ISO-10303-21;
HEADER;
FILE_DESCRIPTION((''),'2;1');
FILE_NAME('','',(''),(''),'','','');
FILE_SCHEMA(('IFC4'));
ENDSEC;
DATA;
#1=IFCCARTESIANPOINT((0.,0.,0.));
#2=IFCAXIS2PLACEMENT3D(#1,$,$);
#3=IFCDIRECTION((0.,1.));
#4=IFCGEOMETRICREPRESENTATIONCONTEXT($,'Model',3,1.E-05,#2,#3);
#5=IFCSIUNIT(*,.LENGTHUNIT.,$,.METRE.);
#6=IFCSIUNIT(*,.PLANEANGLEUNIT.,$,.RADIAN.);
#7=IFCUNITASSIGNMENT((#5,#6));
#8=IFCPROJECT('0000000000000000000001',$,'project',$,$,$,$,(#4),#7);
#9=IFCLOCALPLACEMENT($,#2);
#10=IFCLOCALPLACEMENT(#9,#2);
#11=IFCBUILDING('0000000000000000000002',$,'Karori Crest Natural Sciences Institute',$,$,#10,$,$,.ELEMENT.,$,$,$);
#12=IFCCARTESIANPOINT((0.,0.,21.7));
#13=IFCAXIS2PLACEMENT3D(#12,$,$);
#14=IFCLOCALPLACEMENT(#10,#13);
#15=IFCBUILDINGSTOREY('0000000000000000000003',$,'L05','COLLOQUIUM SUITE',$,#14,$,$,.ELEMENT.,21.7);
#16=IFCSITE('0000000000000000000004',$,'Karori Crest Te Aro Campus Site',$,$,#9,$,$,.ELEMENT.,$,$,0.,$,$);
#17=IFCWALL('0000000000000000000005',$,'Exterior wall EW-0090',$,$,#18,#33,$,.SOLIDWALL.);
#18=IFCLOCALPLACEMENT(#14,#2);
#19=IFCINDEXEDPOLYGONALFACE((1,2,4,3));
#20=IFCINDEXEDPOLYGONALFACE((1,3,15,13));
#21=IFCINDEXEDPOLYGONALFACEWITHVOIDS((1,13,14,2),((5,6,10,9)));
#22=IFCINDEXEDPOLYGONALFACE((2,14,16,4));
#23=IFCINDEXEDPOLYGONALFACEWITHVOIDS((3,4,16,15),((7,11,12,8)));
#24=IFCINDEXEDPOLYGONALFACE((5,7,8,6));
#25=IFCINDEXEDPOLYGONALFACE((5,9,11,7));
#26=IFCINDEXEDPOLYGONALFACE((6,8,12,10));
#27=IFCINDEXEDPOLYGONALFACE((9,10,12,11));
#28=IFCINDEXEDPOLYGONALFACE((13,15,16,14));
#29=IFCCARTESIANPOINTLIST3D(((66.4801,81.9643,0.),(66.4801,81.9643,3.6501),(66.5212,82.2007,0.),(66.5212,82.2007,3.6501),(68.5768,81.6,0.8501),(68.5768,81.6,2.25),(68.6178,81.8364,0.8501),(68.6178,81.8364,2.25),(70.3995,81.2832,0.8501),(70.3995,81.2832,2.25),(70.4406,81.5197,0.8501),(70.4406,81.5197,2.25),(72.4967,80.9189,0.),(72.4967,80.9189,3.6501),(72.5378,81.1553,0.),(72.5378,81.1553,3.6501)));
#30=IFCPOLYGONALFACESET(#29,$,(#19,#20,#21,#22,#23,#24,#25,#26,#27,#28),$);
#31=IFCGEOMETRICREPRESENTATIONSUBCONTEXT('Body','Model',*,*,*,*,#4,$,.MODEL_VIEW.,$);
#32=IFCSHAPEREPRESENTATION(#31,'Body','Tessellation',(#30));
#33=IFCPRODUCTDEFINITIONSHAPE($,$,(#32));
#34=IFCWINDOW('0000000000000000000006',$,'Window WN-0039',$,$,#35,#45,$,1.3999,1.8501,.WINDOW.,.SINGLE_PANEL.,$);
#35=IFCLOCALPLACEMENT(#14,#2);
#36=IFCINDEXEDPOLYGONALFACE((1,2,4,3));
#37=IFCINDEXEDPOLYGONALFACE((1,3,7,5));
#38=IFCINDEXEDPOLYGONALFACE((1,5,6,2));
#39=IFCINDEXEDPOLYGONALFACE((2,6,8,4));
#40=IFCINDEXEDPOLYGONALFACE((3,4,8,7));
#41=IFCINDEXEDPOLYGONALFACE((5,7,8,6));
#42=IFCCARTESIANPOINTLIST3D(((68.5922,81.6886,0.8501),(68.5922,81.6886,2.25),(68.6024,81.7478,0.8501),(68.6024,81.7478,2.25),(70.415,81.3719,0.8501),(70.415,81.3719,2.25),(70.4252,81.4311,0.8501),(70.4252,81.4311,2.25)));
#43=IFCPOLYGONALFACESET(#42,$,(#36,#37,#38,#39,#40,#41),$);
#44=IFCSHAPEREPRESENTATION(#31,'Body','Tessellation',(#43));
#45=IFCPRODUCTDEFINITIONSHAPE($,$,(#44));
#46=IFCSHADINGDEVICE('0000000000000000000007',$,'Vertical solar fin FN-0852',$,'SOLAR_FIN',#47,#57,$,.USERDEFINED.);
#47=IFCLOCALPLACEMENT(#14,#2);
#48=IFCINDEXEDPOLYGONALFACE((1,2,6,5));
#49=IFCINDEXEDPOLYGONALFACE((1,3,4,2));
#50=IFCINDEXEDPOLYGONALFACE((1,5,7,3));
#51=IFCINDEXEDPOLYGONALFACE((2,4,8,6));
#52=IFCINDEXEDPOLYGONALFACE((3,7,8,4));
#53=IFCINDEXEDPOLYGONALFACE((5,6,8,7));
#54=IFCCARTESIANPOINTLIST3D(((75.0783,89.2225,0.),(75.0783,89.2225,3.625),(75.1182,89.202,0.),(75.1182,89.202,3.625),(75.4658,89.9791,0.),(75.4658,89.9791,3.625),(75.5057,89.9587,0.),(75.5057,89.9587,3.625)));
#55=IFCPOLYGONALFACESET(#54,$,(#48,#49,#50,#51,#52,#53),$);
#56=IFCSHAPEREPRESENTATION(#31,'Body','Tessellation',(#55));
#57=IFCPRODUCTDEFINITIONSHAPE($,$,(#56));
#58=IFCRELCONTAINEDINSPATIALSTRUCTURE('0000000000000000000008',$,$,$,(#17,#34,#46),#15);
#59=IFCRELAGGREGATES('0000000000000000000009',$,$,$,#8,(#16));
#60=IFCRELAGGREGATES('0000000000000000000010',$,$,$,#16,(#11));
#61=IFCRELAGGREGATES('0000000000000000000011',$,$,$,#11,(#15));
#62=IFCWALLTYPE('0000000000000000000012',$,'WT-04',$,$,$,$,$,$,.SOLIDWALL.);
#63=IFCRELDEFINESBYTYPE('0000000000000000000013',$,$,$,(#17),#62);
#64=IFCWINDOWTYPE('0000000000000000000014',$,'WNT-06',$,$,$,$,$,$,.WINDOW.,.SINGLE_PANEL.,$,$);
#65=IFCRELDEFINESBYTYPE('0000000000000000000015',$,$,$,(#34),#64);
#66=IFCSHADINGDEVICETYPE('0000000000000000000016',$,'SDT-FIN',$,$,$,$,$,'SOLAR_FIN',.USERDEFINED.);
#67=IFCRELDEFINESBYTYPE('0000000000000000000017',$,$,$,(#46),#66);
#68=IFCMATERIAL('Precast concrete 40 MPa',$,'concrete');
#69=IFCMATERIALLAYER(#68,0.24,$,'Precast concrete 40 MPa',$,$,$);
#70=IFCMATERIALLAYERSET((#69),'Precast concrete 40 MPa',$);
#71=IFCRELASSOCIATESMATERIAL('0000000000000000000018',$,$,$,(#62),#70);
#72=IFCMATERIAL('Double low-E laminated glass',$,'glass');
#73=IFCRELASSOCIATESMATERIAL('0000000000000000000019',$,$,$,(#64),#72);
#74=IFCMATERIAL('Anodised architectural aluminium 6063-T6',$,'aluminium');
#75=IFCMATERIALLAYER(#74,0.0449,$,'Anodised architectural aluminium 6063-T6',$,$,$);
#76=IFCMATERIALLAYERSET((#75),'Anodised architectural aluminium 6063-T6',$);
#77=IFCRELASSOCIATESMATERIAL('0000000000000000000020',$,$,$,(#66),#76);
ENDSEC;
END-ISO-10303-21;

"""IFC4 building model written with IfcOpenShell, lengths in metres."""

from ifc_helpers import new_model, si_unit, direction, frame, frame_2d, origin, origin_2d, place, context, subcontext, project, spatial, rectangle, extrude, material, layer, layer_set, type_object, element, fill, save


model = new_model("IFC4")

# Units and contexts
model_context = context("Model", 3, precision=1e-05, world=origin(), true_north=direction((0.0, 1.0)))
body_context = subcontext(model_context, "Body", "Model", "MODEL_VIEW")
ifc_project = project(units=[si_unit("LENGTHUNIT", "METRE"), si_unit("PLANEANGLEUNIT", "RADIAN")], contexts=[model_context])

# Site, building, storey
site_placement = place(None, origin())
site = spatial("IfcSite", under=ifc_project, at=site_placement, Name="Karori Crest Te Aro Campus Site", CompositionType="ELEMENT", RefElevation=0.0)
building_placement = place(site_placement, origin())
building = spatial("IfcBuilding", under=site, at=building_placement, Name="Karori Crest Natural Sciences Institute", CompositionType="ELEMENT")
storey_placement = place(building_placement, frame((0.0, 0.0, 21.7)))
storey = spatial("IfcBuildingStorey", under=building, at=storey_placement, Name="L05", Description="COLLOQUIUM SUITE", CompositionType="ELEMENT", Elevation=21.7)

# Shared definitions
ifc_material_1 = material(Name="Anodised architectural aluminium 6063-T6", Category="aluminium")

# Shared definitions
ifc_material_2 = material(Name="Double low-E laminated glass", Category="glass")

# Wall, opening, window
ifc_material_3 = material(Name="Precast concrete 40 MPa", Category="concrete")
ifc_layer_1 = layer(ifc_material_3, 0.24, Name="Precast concrete 40 MPa")
ifc_layer_set_1 = layer_set([ifc_layer_1], Name="Precast concrete 40 MPa")
wall_type_1 = type_object("IfcWallType", Name="WT-04", PredefinedType="SOLIDWALL", material=ifc_layer_set_1)
wall_1_placement = place(storey_placement, frame((72.5171, 81.0371, 0.0), z_axis=(0.0, 0.0, 1.0), x_axis=(-0.985238, 0.171189, 0.0)))
wall_1 = element("IfcWall", 1, at=wall_1_placement, inside=storey, type_object=wall_type_1, Name="Exterior wall EW-0090", PredefinedType="SOLIDWALL", context=body_context, shape_type="SweptSolid", body=[
    extrude(rectangle(XDim=6.1067, YDim=0.24, at=frame_2d((3.0532, 0.0))), origin(), (0.0, 0.0, 1.0), 3.6501),
])
opening_1_placement = place(wall_1_placement, frame((2.1284, 0.0, 0.8501)))
opening_1 = element("IfcOpeningElement", 2, at=opening_1_placement, cuts=wall_1, PredefinedType="OPENING", context=body_context, shape_type="SweptSolid", body=[
    extrude(rectangle(XDim=1.8501, YDim=1.3999, at=frame_2d((0.925, 0.7))), frame((0.0, 0.1299, 0.0), z_axis=(0.0, -1.0, 0.0), x_axis=(1.0, 0.0, 0.0)), (0.0, 0.0, 1.0), 0.26),
])
window_type = type_object("IfcWindowType", Name="WNT-06", PartitioningType="SINGLE_PANEL", PredefinedType="WINDOW", material=ifc_material_2)
window_placement = place(opening_1_placement, origin())
window = element("IfcWindow", 3, at=window_placement, inside=storey, type_object=window_type, Name="Window WN-0039", OverallHeight=1.3999, OverallWidth=1.8501, PartitioningType="SINGLE_PANEL", PredefinedType="WINDOW", context=body_context, shape_type="SweptSolid", body=[
    extrude(rectangle(XDim=1.8501, YDim=1.3999, at=frame_2d((0.925, 0.7))), frame((0.0, 0.03, 0.0), z_axis=(0.0, -1.0, 0.0), x_axis=(1.0, 0.0, 0.0)), (0.0, 0.0, 1.0), 0.0601),
])
fill(opening_1, window)

# Shading device
ifc_layer_2 = layer(ifc_material_1, 0.0449, Name="Anodised architectural aluminium 6063-T6")
ifc_layer_set_2 = layer_set([ifc_layer_2], Name="Anodised architectural aluminium 6063-T6")
shading_device_type = type_object("IfcShadingDeviceType", Name="SDT-FIN", ElementType="SOLAR_FIN", PredefinedType="USERDEFINED", material=ifc_layer_set_2)
shading_device_placement = place(storey_placement, frame((75.292, 89.5906, 0.0), z_axis=(0.0, 0.0, 1.0), x_axis=(0.455829, 0.890067, 0.0)))
element("IfcShadingDevice", 4, at=shading_device_placement, inside=storey, type_object=shading_device_type, Name="Vertical solar fin FN-0852", ObjectType="SOLAR_FIN", PredefinedType="USERDEFINED", context=body_context, shape_type="SweptSolid", body=[
    extrude(rectangle(XDim=0.8501, YDim=0.0449, at=origin_2d()), origin(), (0.0, 0.0, 1.0), 3.625),
])

save(model, "model.ifc")
